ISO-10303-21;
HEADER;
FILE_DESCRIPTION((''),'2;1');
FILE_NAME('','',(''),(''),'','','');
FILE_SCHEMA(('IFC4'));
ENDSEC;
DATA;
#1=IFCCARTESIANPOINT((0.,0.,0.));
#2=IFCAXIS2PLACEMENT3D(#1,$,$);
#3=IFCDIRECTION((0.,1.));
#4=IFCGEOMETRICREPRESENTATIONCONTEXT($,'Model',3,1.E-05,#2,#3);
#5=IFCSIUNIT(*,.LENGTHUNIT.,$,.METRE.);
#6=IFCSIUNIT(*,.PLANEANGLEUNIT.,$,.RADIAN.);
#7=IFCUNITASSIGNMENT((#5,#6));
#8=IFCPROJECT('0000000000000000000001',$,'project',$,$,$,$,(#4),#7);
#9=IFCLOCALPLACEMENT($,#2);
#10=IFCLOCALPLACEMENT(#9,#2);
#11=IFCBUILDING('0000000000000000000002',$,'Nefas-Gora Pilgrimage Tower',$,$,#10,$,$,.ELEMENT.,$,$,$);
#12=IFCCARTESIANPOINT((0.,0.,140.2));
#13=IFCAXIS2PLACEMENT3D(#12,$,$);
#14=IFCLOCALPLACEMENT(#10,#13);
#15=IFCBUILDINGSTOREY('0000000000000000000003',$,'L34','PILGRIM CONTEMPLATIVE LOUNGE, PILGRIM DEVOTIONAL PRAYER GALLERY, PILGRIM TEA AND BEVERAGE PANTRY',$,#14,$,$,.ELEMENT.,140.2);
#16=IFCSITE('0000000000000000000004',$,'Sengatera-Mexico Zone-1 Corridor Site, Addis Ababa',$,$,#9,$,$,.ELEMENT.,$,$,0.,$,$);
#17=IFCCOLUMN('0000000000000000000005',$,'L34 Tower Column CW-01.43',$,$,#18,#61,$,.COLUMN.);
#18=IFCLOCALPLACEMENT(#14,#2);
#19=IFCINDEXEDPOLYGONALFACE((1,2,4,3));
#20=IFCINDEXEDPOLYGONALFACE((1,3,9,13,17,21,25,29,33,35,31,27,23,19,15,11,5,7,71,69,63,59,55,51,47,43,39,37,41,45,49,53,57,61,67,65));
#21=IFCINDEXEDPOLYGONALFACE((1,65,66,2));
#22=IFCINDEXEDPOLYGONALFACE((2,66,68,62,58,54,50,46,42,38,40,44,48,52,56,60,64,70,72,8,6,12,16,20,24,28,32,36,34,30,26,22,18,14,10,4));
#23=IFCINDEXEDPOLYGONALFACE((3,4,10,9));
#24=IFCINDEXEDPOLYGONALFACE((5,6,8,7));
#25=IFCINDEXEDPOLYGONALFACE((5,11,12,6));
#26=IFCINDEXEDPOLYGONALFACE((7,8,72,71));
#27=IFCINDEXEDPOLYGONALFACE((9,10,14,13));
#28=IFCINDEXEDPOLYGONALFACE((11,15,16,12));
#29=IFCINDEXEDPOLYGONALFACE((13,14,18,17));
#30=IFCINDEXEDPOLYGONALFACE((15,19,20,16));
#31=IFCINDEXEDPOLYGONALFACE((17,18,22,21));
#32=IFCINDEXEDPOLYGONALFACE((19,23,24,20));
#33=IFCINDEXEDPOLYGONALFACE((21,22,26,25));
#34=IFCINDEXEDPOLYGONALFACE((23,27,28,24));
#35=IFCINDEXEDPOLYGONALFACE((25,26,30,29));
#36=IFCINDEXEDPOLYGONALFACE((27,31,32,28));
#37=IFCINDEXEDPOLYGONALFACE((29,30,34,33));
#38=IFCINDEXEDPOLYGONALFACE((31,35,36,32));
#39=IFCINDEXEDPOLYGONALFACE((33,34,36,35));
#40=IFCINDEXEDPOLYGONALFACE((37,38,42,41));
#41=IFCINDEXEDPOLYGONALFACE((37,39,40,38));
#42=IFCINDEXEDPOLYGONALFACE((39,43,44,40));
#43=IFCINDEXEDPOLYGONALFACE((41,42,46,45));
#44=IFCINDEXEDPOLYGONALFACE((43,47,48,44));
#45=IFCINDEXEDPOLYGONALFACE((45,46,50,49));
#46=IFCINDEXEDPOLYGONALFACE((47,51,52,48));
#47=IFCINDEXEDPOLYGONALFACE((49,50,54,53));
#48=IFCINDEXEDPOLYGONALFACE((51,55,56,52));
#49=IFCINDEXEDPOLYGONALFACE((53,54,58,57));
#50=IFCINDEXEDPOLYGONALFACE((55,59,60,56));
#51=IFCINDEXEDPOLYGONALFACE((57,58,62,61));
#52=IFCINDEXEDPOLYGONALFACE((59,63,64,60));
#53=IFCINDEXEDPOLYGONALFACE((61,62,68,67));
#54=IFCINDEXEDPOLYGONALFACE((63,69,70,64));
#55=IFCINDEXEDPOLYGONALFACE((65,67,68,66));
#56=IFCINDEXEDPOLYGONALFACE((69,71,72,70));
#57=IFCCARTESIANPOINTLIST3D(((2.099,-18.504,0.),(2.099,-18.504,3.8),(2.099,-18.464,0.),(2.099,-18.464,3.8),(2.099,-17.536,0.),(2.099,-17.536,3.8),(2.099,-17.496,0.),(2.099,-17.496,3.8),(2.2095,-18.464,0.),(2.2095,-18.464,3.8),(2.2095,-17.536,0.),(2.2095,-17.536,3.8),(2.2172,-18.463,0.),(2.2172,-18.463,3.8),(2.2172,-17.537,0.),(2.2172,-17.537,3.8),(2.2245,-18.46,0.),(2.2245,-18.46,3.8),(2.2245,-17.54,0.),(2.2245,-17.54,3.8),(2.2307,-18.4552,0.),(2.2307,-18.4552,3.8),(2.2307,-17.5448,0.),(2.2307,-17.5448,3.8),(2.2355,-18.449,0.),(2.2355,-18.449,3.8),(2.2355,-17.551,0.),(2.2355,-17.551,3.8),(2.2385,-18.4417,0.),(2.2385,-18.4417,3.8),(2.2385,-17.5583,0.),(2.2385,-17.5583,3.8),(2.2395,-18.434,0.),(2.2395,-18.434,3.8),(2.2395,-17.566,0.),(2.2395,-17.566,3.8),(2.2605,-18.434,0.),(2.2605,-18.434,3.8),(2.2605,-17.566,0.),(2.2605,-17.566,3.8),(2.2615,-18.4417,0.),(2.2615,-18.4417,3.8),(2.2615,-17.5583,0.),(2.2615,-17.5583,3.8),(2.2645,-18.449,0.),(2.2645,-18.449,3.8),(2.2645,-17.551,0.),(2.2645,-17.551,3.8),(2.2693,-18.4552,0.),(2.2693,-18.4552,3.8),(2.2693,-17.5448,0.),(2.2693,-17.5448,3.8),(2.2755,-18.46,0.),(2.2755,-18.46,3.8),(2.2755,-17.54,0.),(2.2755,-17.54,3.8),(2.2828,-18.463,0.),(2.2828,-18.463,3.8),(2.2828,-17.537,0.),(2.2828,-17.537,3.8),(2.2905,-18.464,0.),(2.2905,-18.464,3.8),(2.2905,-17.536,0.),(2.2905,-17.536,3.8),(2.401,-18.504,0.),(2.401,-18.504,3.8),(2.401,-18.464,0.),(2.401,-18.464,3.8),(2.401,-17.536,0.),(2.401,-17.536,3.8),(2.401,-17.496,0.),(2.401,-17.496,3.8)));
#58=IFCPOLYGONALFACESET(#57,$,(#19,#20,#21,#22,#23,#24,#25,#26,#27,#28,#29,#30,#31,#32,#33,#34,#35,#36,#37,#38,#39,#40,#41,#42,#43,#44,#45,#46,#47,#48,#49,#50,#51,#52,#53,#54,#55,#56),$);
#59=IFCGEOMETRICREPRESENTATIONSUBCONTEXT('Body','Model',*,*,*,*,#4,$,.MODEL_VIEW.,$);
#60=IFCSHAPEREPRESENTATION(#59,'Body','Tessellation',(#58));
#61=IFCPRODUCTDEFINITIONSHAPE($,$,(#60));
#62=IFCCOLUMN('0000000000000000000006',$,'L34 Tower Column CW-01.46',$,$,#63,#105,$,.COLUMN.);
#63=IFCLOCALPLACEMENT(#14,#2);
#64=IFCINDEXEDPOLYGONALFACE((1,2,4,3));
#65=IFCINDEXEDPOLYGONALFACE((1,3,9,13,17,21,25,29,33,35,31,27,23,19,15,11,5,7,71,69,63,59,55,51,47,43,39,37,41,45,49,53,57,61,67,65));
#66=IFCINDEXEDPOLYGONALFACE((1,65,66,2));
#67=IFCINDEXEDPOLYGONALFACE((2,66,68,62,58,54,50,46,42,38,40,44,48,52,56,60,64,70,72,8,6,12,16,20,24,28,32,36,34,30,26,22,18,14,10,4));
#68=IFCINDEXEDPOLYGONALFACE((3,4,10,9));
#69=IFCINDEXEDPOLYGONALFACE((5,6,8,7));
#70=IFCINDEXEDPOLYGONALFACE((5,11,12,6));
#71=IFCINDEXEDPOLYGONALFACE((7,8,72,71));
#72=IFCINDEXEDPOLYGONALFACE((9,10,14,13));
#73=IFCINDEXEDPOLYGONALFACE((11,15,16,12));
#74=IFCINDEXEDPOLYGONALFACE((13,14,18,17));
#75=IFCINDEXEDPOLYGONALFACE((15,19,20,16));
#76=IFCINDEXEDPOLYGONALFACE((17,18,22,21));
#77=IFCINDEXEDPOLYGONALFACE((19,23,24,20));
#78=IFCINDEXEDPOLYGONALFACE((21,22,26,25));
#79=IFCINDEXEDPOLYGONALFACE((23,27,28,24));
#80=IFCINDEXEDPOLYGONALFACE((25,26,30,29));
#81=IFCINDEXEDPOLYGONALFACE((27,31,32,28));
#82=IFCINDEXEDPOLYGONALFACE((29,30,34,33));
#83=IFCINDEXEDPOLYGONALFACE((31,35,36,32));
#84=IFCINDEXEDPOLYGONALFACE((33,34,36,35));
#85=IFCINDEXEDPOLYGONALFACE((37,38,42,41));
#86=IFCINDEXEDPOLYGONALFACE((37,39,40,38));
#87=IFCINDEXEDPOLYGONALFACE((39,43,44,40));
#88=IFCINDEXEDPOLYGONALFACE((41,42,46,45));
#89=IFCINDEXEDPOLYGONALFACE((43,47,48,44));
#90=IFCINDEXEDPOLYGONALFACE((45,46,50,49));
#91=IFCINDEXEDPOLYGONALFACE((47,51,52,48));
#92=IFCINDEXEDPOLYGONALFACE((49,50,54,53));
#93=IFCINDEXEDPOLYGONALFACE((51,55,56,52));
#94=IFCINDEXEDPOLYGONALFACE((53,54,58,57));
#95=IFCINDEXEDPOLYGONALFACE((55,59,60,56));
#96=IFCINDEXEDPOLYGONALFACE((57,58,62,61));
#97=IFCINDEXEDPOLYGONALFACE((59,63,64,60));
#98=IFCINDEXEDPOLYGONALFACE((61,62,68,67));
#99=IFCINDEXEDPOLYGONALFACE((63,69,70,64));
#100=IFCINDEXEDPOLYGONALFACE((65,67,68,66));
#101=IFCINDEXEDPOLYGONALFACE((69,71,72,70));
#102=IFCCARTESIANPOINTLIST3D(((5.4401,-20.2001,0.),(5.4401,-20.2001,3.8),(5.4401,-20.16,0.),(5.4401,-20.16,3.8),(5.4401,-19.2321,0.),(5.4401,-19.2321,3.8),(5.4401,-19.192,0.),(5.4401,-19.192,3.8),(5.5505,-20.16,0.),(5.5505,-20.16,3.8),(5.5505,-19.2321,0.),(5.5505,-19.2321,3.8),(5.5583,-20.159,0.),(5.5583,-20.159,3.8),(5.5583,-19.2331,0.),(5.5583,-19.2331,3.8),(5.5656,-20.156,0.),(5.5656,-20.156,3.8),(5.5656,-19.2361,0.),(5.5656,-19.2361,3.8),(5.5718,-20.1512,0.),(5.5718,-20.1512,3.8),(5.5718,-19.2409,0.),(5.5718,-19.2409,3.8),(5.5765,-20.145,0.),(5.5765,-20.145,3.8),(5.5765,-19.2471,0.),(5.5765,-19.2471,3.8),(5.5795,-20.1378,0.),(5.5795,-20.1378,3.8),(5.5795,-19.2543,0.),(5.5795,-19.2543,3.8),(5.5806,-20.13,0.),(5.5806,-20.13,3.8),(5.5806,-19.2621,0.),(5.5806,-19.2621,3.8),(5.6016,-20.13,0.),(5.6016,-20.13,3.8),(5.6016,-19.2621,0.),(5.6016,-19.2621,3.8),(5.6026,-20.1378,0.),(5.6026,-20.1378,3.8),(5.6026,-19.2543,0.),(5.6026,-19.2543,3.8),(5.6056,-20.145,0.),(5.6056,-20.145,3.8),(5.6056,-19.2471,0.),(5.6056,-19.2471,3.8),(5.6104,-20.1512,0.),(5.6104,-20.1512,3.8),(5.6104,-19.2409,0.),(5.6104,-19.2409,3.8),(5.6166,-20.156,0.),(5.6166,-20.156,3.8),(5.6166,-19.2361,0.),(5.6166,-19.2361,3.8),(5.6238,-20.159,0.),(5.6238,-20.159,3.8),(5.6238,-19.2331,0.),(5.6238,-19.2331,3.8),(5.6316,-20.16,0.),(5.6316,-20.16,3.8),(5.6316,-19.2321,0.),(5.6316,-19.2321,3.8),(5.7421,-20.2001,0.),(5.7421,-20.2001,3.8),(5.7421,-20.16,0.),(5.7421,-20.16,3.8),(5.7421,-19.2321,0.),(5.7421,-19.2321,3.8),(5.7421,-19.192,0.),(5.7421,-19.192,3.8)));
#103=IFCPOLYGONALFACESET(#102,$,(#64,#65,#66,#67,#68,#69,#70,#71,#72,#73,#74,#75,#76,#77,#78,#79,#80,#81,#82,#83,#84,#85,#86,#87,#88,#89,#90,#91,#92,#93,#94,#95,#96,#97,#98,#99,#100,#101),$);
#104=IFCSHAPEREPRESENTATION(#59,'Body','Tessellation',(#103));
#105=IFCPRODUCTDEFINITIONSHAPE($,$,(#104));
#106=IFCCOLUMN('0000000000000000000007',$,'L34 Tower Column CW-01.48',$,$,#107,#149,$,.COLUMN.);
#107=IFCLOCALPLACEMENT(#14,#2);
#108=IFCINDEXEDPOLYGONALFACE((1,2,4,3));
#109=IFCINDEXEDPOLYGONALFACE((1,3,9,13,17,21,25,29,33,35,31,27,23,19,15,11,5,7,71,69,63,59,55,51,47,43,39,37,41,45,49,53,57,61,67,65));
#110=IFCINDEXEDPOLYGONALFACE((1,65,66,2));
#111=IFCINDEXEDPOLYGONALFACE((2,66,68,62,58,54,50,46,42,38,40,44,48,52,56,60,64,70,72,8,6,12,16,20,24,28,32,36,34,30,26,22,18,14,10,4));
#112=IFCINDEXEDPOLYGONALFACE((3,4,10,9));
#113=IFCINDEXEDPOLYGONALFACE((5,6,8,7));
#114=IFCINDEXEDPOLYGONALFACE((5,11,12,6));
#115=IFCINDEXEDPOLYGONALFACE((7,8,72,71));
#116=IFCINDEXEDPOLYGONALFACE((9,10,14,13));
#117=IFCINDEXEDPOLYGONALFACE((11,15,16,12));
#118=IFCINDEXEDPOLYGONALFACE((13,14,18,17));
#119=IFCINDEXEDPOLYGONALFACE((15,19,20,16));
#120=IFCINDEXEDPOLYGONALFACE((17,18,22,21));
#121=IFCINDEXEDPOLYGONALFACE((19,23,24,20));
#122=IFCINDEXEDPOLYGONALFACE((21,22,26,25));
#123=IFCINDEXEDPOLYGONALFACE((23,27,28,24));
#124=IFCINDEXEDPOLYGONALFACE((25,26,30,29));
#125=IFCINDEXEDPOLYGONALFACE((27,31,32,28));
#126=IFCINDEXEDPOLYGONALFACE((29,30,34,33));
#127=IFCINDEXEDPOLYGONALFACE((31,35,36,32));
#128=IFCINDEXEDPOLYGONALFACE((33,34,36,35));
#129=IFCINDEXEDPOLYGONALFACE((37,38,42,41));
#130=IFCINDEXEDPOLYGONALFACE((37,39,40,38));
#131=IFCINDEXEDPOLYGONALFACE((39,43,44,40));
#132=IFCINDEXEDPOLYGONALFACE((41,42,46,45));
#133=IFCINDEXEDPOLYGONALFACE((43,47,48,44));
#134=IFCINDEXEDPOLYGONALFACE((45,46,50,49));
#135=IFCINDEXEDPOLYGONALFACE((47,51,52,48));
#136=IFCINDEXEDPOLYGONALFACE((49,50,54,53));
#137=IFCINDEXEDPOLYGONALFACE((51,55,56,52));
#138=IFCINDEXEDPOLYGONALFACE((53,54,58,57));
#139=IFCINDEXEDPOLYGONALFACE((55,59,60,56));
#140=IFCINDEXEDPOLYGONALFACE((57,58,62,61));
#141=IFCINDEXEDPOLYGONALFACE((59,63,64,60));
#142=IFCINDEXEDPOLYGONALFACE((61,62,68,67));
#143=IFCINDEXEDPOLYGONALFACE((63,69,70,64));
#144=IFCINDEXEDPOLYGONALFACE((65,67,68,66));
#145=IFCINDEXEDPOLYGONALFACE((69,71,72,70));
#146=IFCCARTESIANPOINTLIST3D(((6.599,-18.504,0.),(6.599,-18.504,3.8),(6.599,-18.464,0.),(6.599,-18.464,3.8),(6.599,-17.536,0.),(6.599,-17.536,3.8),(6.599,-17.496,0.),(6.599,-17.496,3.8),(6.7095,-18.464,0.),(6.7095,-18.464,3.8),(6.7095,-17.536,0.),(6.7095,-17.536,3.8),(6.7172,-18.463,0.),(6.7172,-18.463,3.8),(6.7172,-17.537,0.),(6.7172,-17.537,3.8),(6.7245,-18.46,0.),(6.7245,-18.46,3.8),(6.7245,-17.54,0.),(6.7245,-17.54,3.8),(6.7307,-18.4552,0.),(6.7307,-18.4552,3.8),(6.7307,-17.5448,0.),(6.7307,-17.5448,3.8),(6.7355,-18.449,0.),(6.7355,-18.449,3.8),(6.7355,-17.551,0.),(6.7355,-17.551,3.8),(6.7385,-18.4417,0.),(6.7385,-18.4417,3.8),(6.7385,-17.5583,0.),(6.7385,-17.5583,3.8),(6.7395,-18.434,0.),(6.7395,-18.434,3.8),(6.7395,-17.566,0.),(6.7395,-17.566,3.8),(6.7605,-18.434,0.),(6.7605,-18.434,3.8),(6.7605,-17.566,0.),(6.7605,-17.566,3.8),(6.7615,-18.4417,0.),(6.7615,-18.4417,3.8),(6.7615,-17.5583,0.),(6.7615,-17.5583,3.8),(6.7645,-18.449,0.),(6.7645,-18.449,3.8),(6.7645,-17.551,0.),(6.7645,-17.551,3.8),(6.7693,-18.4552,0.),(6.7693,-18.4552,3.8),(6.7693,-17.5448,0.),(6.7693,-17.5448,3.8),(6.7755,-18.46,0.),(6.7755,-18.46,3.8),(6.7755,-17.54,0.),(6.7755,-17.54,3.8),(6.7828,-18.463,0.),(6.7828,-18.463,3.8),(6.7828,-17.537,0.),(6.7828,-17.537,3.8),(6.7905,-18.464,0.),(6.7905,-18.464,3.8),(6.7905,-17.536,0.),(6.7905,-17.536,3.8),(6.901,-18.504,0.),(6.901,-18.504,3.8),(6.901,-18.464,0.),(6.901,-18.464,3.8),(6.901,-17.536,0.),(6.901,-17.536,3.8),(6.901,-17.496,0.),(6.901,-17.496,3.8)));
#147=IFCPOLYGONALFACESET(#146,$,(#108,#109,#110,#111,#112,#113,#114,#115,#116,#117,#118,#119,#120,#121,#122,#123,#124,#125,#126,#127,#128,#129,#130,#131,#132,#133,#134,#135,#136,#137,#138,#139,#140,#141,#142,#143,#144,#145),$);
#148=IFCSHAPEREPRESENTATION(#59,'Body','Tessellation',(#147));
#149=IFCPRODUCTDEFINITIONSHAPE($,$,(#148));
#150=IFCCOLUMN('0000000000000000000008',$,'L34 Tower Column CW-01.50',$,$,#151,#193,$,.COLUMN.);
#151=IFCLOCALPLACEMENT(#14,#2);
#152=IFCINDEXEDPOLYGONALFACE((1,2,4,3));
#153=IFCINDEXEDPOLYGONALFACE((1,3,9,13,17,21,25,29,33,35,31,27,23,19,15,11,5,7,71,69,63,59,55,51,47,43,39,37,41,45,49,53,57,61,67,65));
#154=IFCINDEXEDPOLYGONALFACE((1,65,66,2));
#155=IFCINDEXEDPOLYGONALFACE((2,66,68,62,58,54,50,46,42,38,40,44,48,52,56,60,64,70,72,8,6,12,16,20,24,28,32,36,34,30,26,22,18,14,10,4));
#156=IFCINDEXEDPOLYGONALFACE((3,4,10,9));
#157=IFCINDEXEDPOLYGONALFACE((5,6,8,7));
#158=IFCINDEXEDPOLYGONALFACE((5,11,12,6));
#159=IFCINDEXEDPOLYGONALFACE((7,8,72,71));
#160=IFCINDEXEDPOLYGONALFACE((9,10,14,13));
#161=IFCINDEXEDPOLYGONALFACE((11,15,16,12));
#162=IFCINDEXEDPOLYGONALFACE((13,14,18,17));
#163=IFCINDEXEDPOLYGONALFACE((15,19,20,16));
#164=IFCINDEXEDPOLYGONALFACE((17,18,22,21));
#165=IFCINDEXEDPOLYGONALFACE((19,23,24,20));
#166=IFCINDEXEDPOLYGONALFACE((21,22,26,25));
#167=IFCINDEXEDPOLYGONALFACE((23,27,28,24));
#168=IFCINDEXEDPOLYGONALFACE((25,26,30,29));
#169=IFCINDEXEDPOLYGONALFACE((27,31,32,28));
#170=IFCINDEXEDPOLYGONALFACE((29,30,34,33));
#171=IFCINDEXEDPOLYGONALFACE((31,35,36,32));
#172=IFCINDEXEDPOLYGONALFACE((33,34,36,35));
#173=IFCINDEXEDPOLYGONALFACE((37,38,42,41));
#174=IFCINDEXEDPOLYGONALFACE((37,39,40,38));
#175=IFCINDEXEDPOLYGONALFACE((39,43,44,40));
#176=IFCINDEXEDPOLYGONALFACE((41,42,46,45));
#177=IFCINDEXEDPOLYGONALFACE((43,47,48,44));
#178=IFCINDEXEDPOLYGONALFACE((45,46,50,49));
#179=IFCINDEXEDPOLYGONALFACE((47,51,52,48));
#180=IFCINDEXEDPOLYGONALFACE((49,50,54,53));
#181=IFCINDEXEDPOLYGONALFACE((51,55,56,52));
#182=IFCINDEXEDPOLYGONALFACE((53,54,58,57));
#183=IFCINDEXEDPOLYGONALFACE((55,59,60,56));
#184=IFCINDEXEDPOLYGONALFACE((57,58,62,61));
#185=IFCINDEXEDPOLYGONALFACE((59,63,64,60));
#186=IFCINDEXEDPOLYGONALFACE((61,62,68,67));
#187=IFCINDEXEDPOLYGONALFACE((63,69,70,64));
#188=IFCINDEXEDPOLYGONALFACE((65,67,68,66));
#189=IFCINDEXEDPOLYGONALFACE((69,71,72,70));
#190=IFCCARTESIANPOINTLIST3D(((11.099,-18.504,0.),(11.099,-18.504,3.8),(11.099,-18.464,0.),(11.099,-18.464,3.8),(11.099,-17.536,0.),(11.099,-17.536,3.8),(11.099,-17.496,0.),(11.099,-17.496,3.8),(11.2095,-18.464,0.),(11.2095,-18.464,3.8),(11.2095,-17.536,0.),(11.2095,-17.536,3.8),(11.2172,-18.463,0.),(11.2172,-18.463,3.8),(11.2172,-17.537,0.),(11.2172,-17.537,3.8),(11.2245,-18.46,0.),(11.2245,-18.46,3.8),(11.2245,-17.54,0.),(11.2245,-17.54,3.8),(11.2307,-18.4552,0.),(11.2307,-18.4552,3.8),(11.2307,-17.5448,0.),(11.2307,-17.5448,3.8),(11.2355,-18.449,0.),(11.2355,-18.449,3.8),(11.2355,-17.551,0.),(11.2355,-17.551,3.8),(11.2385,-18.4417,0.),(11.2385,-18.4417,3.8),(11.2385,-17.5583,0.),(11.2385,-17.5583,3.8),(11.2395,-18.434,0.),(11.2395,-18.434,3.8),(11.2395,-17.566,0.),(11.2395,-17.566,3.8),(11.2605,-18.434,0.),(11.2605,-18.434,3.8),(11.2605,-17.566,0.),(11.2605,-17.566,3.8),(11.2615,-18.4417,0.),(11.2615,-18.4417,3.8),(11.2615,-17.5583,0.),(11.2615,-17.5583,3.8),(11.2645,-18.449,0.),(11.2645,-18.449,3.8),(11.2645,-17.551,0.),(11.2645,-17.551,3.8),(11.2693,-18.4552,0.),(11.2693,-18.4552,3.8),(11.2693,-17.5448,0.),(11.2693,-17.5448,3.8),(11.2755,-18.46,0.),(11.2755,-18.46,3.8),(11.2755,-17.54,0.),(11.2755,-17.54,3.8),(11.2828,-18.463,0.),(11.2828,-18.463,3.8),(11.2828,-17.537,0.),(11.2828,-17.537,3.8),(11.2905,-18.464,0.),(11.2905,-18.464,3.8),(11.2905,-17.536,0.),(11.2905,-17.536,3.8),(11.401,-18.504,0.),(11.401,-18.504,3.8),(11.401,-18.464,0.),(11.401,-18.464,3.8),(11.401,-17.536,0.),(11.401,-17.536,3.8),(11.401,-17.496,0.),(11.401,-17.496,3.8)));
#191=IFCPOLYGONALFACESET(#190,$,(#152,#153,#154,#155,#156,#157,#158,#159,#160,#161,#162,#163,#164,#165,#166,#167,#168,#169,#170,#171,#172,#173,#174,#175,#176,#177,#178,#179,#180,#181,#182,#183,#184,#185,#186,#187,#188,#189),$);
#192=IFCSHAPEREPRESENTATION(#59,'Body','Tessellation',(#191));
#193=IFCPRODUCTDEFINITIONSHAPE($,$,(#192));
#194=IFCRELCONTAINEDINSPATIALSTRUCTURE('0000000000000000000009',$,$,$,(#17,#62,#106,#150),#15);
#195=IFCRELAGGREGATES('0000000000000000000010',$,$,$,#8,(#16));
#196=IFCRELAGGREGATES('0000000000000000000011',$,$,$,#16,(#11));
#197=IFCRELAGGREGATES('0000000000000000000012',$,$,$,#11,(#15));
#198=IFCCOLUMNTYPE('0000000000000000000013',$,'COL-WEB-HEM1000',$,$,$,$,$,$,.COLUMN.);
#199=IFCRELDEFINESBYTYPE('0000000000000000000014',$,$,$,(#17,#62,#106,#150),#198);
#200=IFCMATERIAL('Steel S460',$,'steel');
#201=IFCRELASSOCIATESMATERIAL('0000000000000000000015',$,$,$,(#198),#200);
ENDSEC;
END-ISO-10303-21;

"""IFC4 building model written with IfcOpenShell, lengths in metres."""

from ifc_helpers import new_model, si_unit, direction, frame, origin, origin_2d, place, context, subcontext, project, spatial, i_section, extrude, source, transform, mapped, material, material_profile, profile_set, type_object, element, save


model = new_model("IFC4")

# Units and contexts
model_context = context("Model", 3, precision=1e-05, world=origin(), true_north=direction((0.0, 1.0)))
body_context = subcontext(model_context, "Body", "Model", "MODEL_VIEW")
ifc_project = project(units=[si_unit("LENGTHUNIT", "METRE"), si_unit("PLANEANGLEUNIT", "RADIAN")], contexts=[model_context])

# Site, building, storey
site_placement = place(None, origin())
site = spatial("IfcSite", under=ifc_project, at=site_placement, Name="Sengatera-Mexico Zone-1 Corridor Site, Addis Ababa", CompositionType="ELEMENT", RefElevation=0.0)
building_placement = place(site_placement, origin())
building = spatial("IfcBuilding", under=site, at=building_placement, Name="Nefas-Gora Pilgrimage Tower", CompositionType="ELEMENT")
storey_placement = place(building_placement, frame((0.0, 0.0, 140.2)))
storey = spatial("IfcBuildingStorey", under=building, at=storey_placement, Name="L34", Description="PILGRIM CONTEMPLATIVE LOUNGE, PILGRIM DEVOTIONAL PRAYER GALLERY, PILGRIM TEA AND BEVERAGE PANTRY", CompositionType="ELEMENT", Elevation=140.2)

# Columns
ifc_material_1 = material(Name="Steel S460", Category="steel")
ifc_material_profile_1 = material_profile(ifc_material_1, i_section(OverallWidth=0.302, OverallDepth=1.0081, WebThickness=0.021, FlangeThickness=0.04, FilletRadius=0.03, at=origin_2d()), Name="HEM 1000")
ifc_profile_set_1 = profile_set([ifc_material_profile_1], Name="Steel S460")
column_type_1 = type_object("IfcColumnType", Name="COL-WEB-HEM1000", PredefinedType="COLUMN", material=ifc_profile_set_1)
shared_shape_1 = source(origin(), body_context, "Body", "SweptSolid", [
    extrude(i_section(OverallWidth=0.302, OverallDepth=1.0081, WebThickness=0.021, FlangeThickness=0.04, FilletRadius=0.03, at=origin_2d()), origin(), (0.0, 0.0, 1.0), 3.8),
])
for number, where, z_axis, x_axis, name in (
    (1, (2.25, -18.0, 0.0), (0.0, 0.0, 1.0), (1.0, 0.0, 0.0), "L34 Tower Column CW-01.43"),
    (2, (5.5911, -19.696, 0.0), (0.0, 0.0, 1.0), (1.0, 0.0, 0.0), "L34 Tower Column CW-01.46"),
    (3, (6.75, -18.0, 0.0), (0.0, 0.0, 1.0), (1.0, 0.0, 0.0), "L34 Tower Column CW-01.48"),
    (4, (11.25, -18.0, 0.0), (0.0, 0.0, 1.0), (1.0, 0.0, 0.0), "L34 Tower Column CW-01.50"),
):
    element("IfcColumn", number, at=place(storey_placement, frame(where, z_axis=z_axis, x_axis=x_axis)), inside=storey, type_object=column_type_1, Name=name, PredefinedType="COLUMN", context=body_context, shape_type="MappedRepresentation", body=[
        mapped(shared_shape_1, transform((0.0, 0.0, 0.0), x_axis=(1.0, 0.0, 0.0), y_axis=(0.0, 1.0, 0.0), z_axis=(0.0, 0.0, 1.0), scale=1.0)),
    ])

save(model, "model.ifc")
